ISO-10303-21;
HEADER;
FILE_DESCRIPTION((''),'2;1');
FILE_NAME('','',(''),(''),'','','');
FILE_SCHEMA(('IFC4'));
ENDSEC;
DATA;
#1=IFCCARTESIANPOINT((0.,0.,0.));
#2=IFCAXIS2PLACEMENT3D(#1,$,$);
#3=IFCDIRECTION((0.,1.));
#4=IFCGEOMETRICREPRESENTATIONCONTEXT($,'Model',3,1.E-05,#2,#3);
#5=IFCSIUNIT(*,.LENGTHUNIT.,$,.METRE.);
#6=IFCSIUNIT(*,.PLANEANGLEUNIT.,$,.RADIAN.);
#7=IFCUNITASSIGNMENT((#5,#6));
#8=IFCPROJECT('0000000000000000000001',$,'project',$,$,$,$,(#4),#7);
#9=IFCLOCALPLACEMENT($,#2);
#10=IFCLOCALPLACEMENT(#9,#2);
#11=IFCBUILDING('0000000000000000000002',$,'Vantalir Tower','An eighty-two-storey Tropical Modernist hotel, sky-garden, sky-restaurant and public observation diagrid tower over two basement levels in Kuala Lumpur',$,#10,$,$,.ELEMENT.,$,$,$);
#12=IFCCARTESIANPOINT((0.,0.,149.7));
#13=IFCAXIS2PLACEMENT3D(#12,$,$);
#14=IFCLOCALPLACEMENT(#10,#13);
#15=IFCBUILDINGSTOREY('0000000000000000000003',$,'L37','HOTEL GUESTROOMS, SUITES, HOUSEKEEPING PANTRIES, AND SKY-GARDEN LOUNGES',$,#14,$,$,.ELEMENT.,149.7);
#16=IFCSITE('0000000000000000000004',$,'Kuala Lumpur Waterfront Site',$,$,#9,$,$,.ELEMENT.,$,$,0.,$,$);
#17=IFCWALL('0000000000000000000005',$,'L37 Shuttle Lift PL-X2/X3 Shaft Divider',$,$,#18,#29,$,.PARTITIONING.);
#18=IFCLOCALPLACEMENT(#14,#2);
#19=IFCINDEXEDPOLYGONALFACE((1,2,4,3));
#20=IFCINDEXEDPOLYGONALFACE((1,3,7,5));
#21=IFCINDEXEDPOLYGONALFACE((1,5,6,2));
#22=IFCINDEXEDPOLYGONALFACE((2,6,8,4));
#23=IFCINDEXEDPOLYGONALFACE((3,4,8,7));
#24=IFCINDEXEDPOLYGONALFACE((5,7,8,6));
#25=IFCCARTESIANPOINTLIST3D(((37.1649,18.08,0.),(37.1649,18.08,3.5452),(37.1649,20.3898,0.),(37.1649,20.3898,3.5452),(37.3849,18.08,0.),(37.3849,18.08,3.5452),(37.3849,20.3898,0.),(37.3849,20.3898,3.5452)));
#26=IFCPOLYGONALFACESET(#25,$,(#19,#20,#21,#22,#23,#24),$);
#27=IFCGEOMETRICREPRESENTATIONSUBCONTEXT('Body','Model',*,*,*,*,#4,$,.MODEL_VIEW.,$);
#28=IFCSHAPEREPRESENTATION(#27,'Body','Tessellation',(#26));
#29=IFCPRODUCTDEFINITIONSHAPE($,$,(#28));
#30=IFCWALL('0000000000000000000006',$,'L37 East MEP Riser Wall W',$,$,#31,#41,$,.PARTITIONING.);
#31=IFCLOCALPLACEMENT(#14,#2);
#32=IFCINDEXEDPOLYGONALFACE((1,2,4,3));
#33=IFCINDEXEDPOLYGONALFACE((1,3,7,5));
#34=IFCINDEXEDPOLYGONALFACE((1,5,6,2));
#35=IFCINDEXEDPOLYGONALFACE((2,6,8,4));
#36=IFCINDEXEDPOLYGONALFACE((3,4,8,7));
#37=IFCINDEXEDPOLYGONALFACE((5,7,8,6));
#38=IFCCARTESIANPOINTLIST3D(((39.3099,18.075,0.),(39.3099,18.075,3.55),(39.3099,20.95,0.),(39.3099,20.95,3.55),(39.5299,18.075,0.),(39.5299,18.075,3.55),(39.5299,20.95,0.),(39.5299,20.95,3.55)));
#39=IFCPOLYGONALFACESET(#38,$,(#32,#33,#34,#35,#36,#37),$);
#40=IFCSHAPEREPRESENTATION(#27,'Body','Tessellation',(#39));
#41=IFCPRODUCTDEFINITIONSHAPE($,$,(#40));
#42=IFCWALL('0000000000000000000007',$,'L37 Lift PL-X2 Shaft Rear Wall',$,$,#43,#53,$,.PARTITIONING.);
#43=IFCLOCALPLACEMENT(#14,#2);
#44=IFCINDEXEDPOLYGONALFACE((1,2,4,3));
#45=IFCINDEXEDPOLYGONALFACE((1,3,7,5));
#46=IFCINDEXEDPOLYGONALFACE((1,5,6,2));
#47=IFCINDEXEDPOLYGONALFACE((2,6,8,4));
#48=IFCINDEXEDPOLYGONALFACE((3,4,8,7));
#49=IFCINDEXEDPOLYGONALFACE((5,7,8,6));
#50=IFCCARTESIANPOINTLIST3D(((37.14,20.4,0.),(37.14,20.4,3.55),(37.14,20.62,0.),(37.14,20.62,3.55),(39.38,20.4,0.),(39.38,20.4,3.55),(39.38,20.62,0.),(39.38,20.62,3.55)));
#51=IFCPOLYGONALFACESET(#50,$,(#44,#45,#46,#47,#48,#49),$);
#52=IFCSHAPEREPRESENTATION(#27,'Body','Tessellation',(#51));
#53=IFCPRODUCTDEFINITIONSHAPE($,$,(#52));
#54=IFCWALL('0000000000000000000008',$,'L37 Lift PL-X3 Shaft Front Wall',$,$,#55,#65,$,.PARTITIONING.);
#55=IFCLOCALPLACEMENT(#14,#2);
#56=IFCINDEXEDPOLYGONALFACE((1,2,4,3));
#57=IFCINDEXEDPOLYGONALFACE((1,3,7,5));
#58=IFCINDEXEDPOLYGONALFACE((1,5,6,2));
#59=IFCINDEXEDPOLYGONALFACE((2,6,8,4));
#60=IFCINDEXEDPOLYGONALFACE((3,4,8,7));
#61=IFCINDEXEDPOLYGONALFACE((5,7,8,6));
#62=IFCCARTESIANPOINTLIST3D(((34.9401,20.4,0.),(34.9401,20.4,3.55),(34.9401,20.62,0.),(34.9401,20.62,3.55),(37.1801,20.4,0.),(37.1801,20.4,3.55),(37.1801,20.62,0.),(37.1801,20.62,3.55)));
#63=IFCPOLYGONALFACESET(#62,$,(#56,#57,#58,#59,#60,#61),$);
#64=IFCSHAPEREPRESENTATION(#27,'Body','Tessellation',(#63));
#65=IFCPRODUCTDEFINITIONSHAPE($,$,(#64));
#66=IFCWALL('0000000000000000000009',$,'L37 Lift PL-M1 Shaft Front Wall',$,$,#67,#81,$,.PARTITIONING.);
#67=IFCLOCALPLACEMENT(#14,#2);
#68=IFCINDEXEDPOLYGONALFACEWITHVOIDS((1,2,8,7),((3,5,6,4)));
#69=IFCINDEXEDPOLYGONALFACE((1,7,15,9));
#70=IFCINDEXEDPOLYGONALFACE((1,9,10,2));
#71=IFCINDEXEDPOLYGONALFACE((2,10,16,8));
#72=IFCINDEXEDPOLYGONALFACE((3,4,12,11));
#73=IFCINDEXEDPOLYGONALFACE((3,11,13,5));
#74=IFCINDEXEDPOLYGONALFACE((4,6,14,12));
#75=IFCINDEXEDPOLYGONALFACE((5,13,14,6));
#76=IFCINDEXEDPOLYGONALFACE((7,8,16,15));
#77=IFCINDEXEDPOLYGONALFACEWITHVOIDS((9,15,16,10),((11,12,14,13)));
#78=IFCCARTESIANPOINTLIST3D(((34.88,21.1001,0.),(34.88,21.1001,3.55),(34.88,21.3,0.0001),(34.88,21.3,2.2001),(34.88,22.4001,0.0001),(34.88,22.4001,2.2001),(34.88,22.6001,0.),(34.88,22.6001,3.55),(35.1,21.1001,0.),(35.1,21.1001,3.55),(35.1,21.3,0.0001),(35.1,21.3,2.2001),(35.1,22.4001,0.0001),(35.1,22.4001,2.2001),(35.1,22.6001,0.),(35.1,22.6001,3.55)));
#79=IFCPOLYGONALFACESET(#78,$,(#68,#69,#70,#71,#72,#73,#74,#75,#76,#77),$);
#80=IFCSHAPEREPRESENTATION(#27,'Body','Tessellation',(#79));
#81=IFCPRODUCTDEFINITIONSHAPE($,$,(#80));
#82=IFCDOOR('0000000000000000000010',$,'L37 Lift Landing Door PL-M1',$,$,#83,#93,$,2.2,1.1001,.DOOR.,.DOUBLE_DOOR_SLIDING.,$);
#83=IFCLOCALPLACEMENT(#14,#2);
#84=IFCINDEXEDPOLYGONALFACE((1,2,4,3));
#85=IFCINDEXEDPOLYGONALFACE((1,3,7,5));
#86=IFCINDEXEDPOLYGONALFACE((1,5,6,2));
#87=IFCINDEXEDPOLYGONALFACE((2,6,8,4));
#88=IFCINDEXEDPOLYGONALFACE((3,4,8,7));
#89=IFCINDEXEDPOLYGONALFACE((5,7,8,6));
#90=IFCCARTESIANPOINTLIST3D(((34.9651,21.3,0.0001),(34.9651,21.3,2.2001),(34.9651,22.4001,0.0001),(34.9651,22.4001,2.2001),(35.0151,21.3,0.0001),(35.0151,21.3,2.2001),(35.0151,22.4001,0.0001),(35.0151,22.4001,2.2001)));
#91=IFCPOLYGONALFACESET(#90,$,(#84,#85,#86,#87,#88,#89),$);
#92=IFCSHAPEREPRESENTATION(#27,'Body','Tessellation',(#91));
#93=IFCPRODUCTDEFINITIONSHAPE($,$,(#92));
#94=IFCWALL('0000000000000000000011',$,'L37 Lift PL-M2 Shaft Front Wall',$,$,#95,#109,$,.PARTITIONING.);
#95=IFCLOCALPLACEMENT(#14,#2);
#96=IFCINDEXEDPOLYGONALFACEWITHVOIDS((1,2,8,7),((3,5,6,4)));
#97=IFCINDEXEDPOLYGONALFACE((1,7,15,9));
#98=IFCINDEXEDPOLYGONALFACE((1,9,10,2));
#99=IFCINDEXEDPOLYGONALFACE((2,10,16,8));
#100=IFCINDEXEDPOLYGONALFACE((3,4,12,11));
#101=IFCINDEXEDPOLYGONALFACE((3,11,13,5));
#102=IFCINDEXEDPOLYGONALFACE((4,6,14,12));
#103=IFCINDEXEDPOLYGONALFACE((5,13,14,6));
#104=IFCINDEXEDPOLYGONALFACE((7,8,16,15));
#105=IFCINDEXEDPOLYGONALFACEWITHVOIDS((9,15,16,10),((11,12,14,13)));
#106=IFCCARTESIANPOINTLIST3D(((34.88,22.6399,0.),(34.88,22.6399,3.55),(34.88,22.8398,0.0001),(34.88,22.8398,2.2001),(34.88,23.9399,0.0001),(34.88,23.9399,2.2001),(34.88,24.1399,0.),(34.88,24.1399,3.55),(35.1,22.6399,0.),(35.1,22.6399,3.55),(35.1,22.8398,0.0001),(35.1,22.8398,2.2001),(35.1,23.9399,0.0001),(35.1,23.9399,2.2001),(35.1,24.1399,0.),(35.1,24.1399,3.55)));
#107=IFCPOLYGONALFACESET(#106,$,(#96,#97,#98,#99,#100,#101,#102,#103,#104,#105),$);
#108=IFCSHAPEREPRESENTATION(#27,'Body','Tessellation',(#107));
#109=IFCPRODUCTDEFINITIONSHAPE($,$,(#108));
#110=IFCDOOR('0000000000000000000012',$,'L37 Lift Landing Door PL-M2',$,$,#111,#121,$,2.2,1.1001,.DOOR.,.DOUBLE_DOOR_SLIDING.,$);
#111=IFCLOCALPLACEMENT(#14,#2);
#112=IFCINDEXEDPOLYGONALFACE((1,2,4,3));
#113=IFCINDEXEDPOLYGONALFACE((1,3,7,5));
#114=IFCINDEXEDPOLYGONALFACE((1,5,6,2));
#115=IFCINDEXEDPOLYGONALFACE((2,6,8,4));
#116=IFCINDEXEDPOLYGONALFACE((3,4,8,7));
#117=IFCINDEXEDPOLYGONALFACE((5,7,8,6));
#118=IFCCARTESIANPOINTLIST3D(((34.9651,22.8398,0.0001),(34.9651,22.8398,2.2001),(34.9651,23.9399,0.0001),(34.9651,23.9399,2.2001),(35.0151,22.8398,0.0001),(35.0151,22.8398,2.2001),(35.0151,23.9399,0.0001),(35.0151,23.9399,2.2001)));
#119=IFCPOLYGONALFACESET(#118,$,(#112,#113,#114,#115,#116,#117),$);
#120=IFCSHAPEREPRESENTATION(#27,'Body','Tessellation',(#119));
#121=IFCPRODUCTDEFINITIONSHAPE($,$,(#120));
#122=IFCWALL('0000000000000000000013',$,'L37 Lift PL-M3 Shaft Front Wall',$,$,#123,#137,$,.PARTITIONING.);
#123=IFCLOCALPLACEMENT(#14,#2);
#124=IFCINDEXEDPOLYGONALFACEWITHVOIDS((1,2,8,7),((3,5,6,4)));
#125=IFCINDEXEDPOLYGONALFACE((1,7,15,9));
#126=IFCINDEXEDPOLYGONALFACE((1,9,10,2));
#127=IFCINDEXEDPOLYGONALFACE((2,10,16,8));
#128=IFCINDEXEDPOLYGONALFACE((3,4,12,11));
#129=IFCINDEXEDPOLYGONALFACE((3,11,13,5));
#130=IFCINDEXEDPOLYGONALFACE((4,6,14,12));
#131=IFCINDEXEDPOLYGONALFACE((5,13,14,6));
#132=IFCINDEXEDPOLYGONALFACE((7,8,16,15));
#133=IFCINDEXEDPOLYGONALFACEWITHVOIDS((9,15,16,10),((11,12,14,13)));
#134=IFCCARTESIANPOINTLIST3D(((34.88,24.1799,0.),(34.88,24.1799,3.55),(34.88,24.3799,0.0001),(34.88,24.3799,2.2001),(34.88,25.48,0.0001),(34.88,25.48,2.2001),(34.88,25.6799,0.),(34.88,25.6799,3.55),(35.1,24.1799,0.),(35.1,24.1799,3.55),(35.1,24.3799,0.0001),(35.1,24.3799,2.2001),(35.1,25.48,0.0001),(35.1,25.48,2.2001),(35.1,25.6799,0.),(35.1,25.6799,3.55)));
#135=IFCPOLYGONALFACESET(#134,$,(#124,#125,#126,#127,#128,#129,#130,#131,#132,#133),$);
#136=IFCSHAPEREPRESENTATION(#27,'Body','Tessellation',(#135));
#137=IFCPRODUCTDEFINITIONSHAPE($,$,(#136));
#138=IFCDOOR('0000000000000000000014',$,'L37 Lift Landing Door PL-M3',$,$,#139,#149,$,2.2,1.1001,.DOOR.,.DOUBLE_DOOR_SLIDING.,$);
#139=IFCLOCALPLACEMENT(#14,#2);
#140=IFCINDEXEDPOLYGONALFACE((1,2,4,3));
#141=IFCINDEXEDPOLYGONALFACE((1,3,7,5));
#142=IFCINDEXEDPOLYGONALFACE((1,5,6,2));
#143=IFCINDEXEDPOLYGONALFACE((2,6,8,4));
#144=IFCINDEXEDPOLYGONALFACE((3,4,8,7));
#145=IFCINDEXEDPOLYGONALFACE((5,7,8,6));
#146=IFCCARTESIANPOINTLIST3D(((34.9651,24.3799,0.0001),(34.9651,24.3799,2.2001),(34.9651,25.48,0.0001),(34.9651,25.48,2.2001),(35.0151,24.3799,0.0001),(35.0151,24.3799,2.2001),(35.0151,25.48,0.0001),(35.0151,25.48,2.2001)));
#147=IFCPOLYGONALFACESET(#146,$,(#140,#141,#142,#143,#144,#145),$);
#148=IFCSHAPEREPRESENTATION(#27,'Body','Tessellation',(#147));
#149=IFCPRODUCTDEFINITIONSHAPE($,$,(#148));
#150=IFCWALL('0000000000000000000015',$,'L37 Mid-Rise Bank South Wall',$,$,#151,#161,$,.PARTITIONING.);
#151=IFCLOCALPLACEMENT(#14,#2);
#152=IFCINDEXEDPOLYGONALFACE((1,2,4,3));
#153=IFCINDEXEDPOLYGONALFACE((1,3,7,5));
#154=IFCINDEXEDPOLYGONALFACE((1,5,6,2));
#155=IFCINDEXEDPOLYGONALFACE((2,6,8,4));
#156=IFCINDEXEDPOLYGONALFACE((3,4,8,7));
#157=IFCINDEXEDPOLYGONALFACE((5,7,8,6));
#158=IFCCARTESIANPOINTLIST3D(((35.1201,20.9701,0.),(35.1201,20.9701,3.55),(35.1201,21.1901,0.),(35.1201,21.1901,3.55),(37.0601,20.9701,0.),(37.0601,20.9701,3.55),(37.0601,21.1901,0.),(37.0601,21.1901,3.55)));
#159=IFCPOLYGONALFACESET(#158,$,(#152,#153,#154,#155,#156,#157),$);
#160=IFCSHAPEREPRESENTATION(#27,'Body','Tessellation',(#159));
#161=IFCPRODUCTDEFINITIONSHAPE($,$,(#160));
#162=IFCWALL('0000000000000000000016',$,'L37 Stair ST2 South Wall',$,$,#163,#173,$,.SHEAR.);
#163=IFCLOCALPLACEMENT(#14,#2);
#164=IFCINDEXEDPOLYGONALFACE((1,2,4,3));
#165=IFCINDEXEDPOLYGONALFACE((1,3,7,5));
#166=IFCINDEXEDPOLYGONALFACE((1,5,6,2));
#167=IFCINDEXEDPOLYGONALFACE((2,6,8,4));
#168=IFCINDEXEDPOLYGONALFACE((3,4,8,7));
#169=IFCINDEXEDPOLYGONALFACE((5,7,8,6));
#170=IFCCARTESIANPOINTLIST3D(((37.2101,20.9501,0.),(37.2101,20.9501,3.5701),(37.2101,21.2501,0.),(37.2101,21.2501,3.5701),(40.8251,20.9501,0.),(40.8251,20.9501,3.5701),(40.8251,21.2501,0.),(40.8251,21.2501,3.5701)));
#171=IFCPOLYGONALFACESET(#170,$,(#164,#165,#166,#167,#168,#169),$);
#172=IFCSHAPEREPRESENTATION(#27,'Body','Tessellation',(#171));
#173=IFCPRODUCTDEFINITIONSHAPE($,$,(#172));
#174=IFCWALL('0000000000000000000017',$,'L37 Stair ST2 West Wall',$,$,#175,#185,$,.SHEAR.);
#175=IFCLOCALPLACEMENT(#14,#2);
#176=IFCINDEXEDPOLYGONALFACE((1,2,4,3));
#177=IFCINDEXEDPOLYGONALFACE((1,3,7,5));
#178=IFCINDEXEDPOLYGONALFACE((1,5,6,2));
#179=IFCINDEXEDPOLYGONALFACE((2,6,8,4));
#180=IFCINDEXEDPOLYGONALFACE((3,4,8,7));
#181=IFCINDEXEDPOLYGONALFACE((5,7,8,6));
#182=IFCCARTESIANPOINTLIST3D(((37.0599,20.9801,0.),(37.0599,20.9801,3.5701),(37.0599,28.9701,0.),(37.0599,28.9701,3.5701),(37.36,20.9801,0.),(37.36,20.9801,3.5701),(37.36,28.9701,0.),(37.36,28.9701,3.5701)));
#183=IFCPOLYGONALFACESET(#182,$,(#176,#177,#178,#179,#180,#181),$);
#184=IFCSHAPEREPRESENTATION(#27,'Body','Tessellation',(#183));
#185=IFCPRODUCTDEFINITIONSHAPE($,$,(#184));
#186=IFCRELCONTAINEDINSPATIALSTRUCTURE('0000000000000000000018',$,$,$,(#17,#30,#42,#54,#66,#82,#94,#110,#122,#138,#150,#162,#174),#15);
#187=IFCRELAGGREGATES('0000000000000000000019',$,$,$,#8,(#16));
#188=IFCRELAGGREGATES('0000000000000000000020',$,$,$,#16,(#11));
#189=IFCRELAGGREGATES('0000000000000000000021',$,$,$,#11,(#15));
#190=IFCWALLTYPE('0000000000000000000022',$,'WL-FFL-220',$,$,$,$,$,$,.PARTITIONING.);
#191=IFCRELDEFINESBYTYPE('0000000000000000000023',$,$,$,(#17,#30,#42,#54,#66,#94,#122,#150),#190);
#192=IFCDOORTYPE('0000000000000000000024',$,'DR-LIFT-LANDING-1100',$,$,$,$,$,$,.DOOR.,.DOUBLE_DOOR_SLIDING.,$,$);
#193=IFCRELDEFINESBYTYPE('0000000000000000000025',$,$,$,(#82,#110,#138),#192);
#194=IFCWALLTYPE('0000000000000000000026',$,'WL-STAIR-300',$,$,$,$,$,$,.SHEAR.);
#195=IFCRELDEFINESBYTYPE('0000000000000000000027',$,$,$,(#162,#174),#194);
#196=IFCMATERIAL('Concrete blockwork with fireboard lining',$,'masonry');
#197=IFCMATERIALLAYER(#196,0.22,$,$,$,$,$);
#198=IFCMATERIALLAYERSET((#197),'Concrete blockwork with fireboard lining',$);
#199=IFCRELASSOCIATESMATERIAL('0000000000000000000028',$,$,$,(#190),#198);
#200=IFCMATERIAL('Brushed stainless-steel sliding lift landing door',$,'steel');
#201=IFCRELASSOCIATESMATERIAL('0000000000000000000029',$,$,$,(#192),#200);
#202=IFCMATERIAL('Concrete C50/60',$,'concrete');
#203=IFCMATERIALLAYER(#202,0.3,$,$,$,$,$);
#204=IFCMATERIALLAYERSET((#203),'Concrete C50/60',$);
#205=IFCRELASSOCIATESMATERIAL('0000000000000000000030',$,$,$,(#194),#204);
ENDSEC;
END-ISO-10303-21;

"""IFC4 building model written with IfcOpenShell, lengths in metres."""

from ifc_helpers import new_model, si_unit, direction, frame, frame_2d, origin, place, context, subcontext, project, spatial, rectangle, extrude, material, layer, layer_set, type_object, element, fill, save


model = new_model("IFC4")

# Units and contexts
model_context = context("Model", 3, precision=1e-05, world=origin(), true_north=direction((0.0, 1.0)))
body_context = subcontext(model_context, "Body", "Model", "MODEL_VIEW")
ifc_project = project(units=[si_unit("LENGTHUNIT", "METRE"), si_unit("PLANEANGLEUNIT", "RADIAN")], contexts=[model_context])

# Site, building, storey
site_placement = place(None, origin())
site = spatial("IfcSite", under=ifc_project, at=site_placement, Name="Kuala Lumpur Waterfront Site", CompositionType="ELEMENT", RefElevation=0.0)
building_placement = place(site_placement, origin())
building = spatial("IfcBuilding", under=site, at=building_placement, Name="Vantalir Tower", Description="An eighty-two-storey Tropical Modernist hotel, sky-garden, sky-restaurant and public observation diagrid tower over two basement levels in Kuala Lumpur", CompositionType="ELEMENT")
storey_placement = place(building_placement, frame((0.0, 0.0, 149.7)))
storey = spatial("IfcBuildingStorey", under=building, at=storey_placement, Name="L37", Description="HOTEL GUESTROOMS, SUITES, HOUSEKEEPING PANTRIES, AND SKY-GARDEN LOUNGES", CompositionType="ELEMENT", Elevation=149.7)

# Walls
ifc_material_1 = material(Name="Concrete blockwork with fireboard lining", Category="masonry")
ifc_layer_1 = layer(ifc_material_1, 0.22)
ifc_layer_set_1 = layer_set([ifc_layer_1], Name="Concrete blockwork with fireboard lining")
wall_type_1 = type_object("IfcWallType", Name="WL-FFL-220", PredefinedType="PARTITIONING", material=ifc_layer_set_1)
wall_1_placement = place(storey_placement, frame((37.2749, 18.0801, 0.0), z_axis=(0.0, 0.0, 1.0), x_axis=(0.0, 1.0, 0.0)))
element("IfcWall", 1, at=wall_1_placement, inside=storey, type_object=wall_type_1, Name="L37 Shuttle Lift PL-X2/X3 Shaft Divider", PredefinedType="PARTITIONING", context=body_context, shape_type="SweptSolid", body=[
    extrude(rectangle(XDim=2.3098, YDim=0.22, at=frame_2d((1.1548, 0.0))), origin(), (0.0, 0.0, 1.0), 3.5452),
])
wall_2_placement = place(storey_placement, frame((39.4199, 18.075, 0.0), z_axis=(0.0, 0.0, 1.0), x_axis=(0.0, 1.0, 0.0)))
element("IfcWall", 2, at=wall_2_placement, inside=storey, type_object=wall_type_1, Name="L37 East MEP Riser Wall W", PredefinedType="PARTITIONING", context=body_context, shape_type="SweptSolid", body=[
    extrude(rectangle(XDim=2.875, YDim=0.22, at=frame_2d((1.4375, 0.0))), origin(), (0.0, 0.0, 1.0), 3.55),
])
for number, where, z_axis, x_axis, name in (
    (3, (37.1399, 20.51, 0.0), (0.0, 0.0, 1.0), (1.0, 0.0, 0.0), "L37 Lift PL-X2 Shaft Rear Wall"),
    (4, (34.9399, 20.51, 0.0), (0.0, 0.0, 1.0), (1.0, 0.0, 0.0), "L37 Lift PL-X3 Shaft Front Wall"),
):
    element("IfcWall", number, at=place(storey_placement, frame(where, z_axis=z_axis, x_axis=x_axis)), inside=storey, type_object=wall_type_1, Name=name, PredefinedType="PARTITIONING", context=body_context, shape_type="SweptSolid", body=[
        extrude(rectangle(XDim=2.24, YDim=0.22, at=frame_2d((1.1201, 0.0))), origin(), (0.0, 0.0, 1.0), 3.55),
    ])

# Walls, openings, doors
wall_3_placement = place(storey_placement, frame((34.99, 21.1001, 0.0), z_axis=(0.0, 0.0, 1.0), x_axis=(0.0, 1.0, 0.0)))
wall_3 = element("IfcWall", 5, at=wall_3_placement, inside=storey, type_object=wall_type_1, Name="L37 Lift PL-M1 Shaft Front Wall", PredefinedType="PARTITIONING", context=body_context, shape_type="SweptSolid", body=[
    extrude(rectangle(XDim=1.5, YDim=0.22, at=frame_2d((0.75, 0.0))), origin(), (0.0, 0.0, 1.0), 3.55),
])
opening_1_placement = place(wall_3_placement, frame((0.2, 0.0, 0.0)))
opening_1 = element("IfcOpeningElement", 6, at=opening_1_placement, cuts=wall_3, PredefinedType="OPENING", context=body_context, shape_type="SweptSolid", body=[
    extrude(rectangle(XDim=1.1001, YDim=2.2, at=frame_2d((0.55, 1.1001))), frame((0.0, 0.1199, 0.0), z_axis=(0.0, -1.0, 0.0), x_axis=(1.0, 0.0, 0.0)), (0.0, 0.0, 1.0), 0.24),
])
ifc_material_2 = material(Name="Brushed stainless-steel sliding lift landing door", Category="steel")
door_type_1 = type_object("IfcDoorType", Name="DR-LIFT-LANDING-1100", OperationType="DOUBLE_DOOR_SLIDING", PredefinedType="DOOR", material=ifc_material_2)
door_1_placement = place(opening_1_placement, origin())
door_1 = element("IfcDoor", 7, at=door_1_placement, inside=storey, type_object=door_type_1, Name="L37 Lift Landing Door PL-M1", OperationType="DOUBLE_DOOR_SLIDING", OverallHeight=2.2, OverallWidth=1.1001, PredefinedType="DOOR", context=body_context, shape_type="SweptSolid", body=[
    extrude(rectangle(XDim=1.1001, YDim=2.2, at=frame_2d((0.55, 1.1001))), frame((0.0, 0.0249, 0.0), z_axis=(0.0, -1.0, 0.0), x_axis=(1.0, 0.0, 0.0)), (0.0, 0.0, 1.0), 0.05),
])
fill(opening_1, door_1)
wall_4_placement = place(storey_placement, frame((34.99, 22.6399, 0.0), z_axis=(0.0, 0.0, 1.0), x_axis=(0.0, 1.0, 0.0)))
wall_4 = element("IfcWall", 8, at=wall_4_placement, inside=storey, type_object=wall_type_1, Name="L37 Lift PL-M2 Shaft Front Wall", PredefinedType="PARTITIONING", context=body_context, shape_type="SweptSolid", body=[
    extrude(rectangle(XDim=1.5, YDim=0.22, at=frame_2d((0.75, 0.0))), origin(), (0.0, 0.0, 1.0), 3.55),
])
opening_2_placement = place(wall_4_placement, frame((0.2, 0.0, 0.0)))
opening_2 = element("IfcOpeningElement", 9, at=opening_2_placement, cuts=wall_4, PredefinedType="OPENING", context=body_context, shape_type="SweptSolid", body=[
    extrude(rectangle(XDim=1.1001, YDim=2.2, at=frame_2d((0.55, 1.1001))), frame((0.0, 0.1199, 0.0), z_axis=(0.0, -1.0, 0.0), x_axis=(1.0, 0.0, 0.0)), (0.0, 0.0, 1.0), 0.24),
])
door_2_placement = place(opening_2_placement, origin())
door_2 = element("IfcDoor", 10, at=door_2_placement, inside=storey, type_object=door_type_1, Name="L37 Lift Landing Door PL-M2", OperationType="DOUBLE_DOOR_SLIDING", OverallHeight=2.2, OverallWidth=1.1001, PredefinedType="DOOR", context=body_context, shape_type="SweptSolid", body=[
    extrude(rectangle(XDim=1.1001, YDim=2.2, at=frame_2d((0.55, 1.1001))), frame((0.0, 0.0249, 0.0), z_axis=(0.0, -1.0, 0.0), x_axis=(1.0, 0.0, 0.0)), (0.0, 0.0, 1.0), 0.05),
])
fill(opening_2, door_2)
wall_5_placement = place(storey_placement, frame((34.99, 24.1799, 0.0), z_axis=(0.0, 0.0, 1.0), x_axis=(0.0, 1.0, 0.0)))
wall_5 = element("IfcWall", 11, at=wall_5_placement, inside=storey, type_object=wall_type_1, Name="L37 Lift PL-M3 Shaft Front Wall", PredefinedType="PARTITIONING", context=body_context, shape_type="SweptSolid", body=[
    extrude(rectangle(XDim=1.5, YDim=0.22, at=frame_2d((0.75, 0.0))), origin(), (0.0, 0.0, 1.0), 3.55),
])
opening_3_placement = place(wall_5_placement, frame((0.2, 0.0, 0.0)))
opening_3 = element("IfcOpeningElement", 12, at=opening_3_placement, cuts=wall_5, PredefinedType="OPENING", context=body_context, shape_type="SweptSolid", body=[
    extrude(rectangle(XDim=1.1001, YDim=2.2, at=frame_2d((0.55, 1.1001))), frame((0.0, 0.1199, 0.0), z_axis=(0.0, -1.0, 0.0), x_axis=(1.0, 0.0, 0.0)), (0.0, 0.0, 1.0), 0.24),
])
door_3_placement = place(opening_3_placement, origin())
door_3 = element("IfcDoor", 13, at=door_3_placement, inside=storey, type_object=door_type_1, Name="L37 Lift Landing Door PL-M3", OperationType="DOUBLE_DOOR_SLIDING", OverallHeight=2.2, OverallWidth=1.1001, PredefinedType="DOOR", context=body_context, shape_type="SweptSolid", body=[
    extrude(rectangle(XDim=1.1001, YDim=2.2, at=frame_2d((0.55, 1.1001))), frame((0.0, 0.0249, 0.0), z_axis=(0.0, -1.0, 0.0), x_axis=(1.0, 0.0, 0.0)), (0.0, 0.0, 1.0), 0.05),
])
fill(opening_3, door_3)

# Walls
wall_6_placement = place(storey_placement, frame((35.1201, 21.0801, 0.0), z_axis=(0.0, 0.0, 1.0), x_axis=(1.0, 0.0, 0.0)))
element("IfcWall", 14, at=wall_6_placement, inside=storey, type_object=wall_type_1, Name="L37 Mid-Rise Bank South Wall", PredefinedType="PARTITIONING", context=body_context, shape_type="SweptSolid", body=[
    extrude(rectangle(XDim=1.9399, YDim=0.22, at=frame_2d((0.97, 0.0))), origin(), (0.0, 0.0, 1.0), 3.55),
])
ifc_material_3 = material(Name="Concrete C50/60", Category="concrete")
ifc_layer_2 = layer(ifc_material_3, 0.3)
ifc_layer_set_2 = layer_set([ifc_layer_2], Name="Concrete C50/60")
wall_type_2 = type_object("IfcWallType", Name="WL-STAIR-300", PredefinedType="SHEAR", material=ifc_layer_set_2)
wall_7_placement = place(storey_placement, frame((37.21, 21.1001, 0.0), z_axis=(0.0, 0.0, 1.0), x_axis=(1.0, 0.0, 0.0)))
element("IfcWall", 15, at=wall_7_placement, inside=storey, type_object=wall_type_2, Name="L37 Stair ST2 South Wall", PredefinedType="SHEAR", context=body_context, shape_type="SweptSolid", body=[
    extrude(rectangle(XDim=3.615, YDim=0.3, at=frame_2d((1.8076, 0.0))), origin(), (0.0, 0.0, 1.0), 3.5701),
])
wall_8_placement = place(storey_placement, frame((37.21, 20.98, 0.0), z_axis=(0.0, 0.0, 1.0), x_axis=(0.0, 1.0, 0.0)))
element("IfcWall", 16, at=wall_8_placement, inside=storey, type_object=wall_type_2, Name="L37 Stair ST2 West Wall", PredefinedType="SHEAR", context=body_context, shape_type="SweptSolid", body=[
    extrude(rectangle(XDim=7.99, YDim=0.3, at=frame_2d((3.9951, 0.0))), origin(), (0.0, 0.0, 1.0), 3.5701),
])

save(model, "model.ifc")
